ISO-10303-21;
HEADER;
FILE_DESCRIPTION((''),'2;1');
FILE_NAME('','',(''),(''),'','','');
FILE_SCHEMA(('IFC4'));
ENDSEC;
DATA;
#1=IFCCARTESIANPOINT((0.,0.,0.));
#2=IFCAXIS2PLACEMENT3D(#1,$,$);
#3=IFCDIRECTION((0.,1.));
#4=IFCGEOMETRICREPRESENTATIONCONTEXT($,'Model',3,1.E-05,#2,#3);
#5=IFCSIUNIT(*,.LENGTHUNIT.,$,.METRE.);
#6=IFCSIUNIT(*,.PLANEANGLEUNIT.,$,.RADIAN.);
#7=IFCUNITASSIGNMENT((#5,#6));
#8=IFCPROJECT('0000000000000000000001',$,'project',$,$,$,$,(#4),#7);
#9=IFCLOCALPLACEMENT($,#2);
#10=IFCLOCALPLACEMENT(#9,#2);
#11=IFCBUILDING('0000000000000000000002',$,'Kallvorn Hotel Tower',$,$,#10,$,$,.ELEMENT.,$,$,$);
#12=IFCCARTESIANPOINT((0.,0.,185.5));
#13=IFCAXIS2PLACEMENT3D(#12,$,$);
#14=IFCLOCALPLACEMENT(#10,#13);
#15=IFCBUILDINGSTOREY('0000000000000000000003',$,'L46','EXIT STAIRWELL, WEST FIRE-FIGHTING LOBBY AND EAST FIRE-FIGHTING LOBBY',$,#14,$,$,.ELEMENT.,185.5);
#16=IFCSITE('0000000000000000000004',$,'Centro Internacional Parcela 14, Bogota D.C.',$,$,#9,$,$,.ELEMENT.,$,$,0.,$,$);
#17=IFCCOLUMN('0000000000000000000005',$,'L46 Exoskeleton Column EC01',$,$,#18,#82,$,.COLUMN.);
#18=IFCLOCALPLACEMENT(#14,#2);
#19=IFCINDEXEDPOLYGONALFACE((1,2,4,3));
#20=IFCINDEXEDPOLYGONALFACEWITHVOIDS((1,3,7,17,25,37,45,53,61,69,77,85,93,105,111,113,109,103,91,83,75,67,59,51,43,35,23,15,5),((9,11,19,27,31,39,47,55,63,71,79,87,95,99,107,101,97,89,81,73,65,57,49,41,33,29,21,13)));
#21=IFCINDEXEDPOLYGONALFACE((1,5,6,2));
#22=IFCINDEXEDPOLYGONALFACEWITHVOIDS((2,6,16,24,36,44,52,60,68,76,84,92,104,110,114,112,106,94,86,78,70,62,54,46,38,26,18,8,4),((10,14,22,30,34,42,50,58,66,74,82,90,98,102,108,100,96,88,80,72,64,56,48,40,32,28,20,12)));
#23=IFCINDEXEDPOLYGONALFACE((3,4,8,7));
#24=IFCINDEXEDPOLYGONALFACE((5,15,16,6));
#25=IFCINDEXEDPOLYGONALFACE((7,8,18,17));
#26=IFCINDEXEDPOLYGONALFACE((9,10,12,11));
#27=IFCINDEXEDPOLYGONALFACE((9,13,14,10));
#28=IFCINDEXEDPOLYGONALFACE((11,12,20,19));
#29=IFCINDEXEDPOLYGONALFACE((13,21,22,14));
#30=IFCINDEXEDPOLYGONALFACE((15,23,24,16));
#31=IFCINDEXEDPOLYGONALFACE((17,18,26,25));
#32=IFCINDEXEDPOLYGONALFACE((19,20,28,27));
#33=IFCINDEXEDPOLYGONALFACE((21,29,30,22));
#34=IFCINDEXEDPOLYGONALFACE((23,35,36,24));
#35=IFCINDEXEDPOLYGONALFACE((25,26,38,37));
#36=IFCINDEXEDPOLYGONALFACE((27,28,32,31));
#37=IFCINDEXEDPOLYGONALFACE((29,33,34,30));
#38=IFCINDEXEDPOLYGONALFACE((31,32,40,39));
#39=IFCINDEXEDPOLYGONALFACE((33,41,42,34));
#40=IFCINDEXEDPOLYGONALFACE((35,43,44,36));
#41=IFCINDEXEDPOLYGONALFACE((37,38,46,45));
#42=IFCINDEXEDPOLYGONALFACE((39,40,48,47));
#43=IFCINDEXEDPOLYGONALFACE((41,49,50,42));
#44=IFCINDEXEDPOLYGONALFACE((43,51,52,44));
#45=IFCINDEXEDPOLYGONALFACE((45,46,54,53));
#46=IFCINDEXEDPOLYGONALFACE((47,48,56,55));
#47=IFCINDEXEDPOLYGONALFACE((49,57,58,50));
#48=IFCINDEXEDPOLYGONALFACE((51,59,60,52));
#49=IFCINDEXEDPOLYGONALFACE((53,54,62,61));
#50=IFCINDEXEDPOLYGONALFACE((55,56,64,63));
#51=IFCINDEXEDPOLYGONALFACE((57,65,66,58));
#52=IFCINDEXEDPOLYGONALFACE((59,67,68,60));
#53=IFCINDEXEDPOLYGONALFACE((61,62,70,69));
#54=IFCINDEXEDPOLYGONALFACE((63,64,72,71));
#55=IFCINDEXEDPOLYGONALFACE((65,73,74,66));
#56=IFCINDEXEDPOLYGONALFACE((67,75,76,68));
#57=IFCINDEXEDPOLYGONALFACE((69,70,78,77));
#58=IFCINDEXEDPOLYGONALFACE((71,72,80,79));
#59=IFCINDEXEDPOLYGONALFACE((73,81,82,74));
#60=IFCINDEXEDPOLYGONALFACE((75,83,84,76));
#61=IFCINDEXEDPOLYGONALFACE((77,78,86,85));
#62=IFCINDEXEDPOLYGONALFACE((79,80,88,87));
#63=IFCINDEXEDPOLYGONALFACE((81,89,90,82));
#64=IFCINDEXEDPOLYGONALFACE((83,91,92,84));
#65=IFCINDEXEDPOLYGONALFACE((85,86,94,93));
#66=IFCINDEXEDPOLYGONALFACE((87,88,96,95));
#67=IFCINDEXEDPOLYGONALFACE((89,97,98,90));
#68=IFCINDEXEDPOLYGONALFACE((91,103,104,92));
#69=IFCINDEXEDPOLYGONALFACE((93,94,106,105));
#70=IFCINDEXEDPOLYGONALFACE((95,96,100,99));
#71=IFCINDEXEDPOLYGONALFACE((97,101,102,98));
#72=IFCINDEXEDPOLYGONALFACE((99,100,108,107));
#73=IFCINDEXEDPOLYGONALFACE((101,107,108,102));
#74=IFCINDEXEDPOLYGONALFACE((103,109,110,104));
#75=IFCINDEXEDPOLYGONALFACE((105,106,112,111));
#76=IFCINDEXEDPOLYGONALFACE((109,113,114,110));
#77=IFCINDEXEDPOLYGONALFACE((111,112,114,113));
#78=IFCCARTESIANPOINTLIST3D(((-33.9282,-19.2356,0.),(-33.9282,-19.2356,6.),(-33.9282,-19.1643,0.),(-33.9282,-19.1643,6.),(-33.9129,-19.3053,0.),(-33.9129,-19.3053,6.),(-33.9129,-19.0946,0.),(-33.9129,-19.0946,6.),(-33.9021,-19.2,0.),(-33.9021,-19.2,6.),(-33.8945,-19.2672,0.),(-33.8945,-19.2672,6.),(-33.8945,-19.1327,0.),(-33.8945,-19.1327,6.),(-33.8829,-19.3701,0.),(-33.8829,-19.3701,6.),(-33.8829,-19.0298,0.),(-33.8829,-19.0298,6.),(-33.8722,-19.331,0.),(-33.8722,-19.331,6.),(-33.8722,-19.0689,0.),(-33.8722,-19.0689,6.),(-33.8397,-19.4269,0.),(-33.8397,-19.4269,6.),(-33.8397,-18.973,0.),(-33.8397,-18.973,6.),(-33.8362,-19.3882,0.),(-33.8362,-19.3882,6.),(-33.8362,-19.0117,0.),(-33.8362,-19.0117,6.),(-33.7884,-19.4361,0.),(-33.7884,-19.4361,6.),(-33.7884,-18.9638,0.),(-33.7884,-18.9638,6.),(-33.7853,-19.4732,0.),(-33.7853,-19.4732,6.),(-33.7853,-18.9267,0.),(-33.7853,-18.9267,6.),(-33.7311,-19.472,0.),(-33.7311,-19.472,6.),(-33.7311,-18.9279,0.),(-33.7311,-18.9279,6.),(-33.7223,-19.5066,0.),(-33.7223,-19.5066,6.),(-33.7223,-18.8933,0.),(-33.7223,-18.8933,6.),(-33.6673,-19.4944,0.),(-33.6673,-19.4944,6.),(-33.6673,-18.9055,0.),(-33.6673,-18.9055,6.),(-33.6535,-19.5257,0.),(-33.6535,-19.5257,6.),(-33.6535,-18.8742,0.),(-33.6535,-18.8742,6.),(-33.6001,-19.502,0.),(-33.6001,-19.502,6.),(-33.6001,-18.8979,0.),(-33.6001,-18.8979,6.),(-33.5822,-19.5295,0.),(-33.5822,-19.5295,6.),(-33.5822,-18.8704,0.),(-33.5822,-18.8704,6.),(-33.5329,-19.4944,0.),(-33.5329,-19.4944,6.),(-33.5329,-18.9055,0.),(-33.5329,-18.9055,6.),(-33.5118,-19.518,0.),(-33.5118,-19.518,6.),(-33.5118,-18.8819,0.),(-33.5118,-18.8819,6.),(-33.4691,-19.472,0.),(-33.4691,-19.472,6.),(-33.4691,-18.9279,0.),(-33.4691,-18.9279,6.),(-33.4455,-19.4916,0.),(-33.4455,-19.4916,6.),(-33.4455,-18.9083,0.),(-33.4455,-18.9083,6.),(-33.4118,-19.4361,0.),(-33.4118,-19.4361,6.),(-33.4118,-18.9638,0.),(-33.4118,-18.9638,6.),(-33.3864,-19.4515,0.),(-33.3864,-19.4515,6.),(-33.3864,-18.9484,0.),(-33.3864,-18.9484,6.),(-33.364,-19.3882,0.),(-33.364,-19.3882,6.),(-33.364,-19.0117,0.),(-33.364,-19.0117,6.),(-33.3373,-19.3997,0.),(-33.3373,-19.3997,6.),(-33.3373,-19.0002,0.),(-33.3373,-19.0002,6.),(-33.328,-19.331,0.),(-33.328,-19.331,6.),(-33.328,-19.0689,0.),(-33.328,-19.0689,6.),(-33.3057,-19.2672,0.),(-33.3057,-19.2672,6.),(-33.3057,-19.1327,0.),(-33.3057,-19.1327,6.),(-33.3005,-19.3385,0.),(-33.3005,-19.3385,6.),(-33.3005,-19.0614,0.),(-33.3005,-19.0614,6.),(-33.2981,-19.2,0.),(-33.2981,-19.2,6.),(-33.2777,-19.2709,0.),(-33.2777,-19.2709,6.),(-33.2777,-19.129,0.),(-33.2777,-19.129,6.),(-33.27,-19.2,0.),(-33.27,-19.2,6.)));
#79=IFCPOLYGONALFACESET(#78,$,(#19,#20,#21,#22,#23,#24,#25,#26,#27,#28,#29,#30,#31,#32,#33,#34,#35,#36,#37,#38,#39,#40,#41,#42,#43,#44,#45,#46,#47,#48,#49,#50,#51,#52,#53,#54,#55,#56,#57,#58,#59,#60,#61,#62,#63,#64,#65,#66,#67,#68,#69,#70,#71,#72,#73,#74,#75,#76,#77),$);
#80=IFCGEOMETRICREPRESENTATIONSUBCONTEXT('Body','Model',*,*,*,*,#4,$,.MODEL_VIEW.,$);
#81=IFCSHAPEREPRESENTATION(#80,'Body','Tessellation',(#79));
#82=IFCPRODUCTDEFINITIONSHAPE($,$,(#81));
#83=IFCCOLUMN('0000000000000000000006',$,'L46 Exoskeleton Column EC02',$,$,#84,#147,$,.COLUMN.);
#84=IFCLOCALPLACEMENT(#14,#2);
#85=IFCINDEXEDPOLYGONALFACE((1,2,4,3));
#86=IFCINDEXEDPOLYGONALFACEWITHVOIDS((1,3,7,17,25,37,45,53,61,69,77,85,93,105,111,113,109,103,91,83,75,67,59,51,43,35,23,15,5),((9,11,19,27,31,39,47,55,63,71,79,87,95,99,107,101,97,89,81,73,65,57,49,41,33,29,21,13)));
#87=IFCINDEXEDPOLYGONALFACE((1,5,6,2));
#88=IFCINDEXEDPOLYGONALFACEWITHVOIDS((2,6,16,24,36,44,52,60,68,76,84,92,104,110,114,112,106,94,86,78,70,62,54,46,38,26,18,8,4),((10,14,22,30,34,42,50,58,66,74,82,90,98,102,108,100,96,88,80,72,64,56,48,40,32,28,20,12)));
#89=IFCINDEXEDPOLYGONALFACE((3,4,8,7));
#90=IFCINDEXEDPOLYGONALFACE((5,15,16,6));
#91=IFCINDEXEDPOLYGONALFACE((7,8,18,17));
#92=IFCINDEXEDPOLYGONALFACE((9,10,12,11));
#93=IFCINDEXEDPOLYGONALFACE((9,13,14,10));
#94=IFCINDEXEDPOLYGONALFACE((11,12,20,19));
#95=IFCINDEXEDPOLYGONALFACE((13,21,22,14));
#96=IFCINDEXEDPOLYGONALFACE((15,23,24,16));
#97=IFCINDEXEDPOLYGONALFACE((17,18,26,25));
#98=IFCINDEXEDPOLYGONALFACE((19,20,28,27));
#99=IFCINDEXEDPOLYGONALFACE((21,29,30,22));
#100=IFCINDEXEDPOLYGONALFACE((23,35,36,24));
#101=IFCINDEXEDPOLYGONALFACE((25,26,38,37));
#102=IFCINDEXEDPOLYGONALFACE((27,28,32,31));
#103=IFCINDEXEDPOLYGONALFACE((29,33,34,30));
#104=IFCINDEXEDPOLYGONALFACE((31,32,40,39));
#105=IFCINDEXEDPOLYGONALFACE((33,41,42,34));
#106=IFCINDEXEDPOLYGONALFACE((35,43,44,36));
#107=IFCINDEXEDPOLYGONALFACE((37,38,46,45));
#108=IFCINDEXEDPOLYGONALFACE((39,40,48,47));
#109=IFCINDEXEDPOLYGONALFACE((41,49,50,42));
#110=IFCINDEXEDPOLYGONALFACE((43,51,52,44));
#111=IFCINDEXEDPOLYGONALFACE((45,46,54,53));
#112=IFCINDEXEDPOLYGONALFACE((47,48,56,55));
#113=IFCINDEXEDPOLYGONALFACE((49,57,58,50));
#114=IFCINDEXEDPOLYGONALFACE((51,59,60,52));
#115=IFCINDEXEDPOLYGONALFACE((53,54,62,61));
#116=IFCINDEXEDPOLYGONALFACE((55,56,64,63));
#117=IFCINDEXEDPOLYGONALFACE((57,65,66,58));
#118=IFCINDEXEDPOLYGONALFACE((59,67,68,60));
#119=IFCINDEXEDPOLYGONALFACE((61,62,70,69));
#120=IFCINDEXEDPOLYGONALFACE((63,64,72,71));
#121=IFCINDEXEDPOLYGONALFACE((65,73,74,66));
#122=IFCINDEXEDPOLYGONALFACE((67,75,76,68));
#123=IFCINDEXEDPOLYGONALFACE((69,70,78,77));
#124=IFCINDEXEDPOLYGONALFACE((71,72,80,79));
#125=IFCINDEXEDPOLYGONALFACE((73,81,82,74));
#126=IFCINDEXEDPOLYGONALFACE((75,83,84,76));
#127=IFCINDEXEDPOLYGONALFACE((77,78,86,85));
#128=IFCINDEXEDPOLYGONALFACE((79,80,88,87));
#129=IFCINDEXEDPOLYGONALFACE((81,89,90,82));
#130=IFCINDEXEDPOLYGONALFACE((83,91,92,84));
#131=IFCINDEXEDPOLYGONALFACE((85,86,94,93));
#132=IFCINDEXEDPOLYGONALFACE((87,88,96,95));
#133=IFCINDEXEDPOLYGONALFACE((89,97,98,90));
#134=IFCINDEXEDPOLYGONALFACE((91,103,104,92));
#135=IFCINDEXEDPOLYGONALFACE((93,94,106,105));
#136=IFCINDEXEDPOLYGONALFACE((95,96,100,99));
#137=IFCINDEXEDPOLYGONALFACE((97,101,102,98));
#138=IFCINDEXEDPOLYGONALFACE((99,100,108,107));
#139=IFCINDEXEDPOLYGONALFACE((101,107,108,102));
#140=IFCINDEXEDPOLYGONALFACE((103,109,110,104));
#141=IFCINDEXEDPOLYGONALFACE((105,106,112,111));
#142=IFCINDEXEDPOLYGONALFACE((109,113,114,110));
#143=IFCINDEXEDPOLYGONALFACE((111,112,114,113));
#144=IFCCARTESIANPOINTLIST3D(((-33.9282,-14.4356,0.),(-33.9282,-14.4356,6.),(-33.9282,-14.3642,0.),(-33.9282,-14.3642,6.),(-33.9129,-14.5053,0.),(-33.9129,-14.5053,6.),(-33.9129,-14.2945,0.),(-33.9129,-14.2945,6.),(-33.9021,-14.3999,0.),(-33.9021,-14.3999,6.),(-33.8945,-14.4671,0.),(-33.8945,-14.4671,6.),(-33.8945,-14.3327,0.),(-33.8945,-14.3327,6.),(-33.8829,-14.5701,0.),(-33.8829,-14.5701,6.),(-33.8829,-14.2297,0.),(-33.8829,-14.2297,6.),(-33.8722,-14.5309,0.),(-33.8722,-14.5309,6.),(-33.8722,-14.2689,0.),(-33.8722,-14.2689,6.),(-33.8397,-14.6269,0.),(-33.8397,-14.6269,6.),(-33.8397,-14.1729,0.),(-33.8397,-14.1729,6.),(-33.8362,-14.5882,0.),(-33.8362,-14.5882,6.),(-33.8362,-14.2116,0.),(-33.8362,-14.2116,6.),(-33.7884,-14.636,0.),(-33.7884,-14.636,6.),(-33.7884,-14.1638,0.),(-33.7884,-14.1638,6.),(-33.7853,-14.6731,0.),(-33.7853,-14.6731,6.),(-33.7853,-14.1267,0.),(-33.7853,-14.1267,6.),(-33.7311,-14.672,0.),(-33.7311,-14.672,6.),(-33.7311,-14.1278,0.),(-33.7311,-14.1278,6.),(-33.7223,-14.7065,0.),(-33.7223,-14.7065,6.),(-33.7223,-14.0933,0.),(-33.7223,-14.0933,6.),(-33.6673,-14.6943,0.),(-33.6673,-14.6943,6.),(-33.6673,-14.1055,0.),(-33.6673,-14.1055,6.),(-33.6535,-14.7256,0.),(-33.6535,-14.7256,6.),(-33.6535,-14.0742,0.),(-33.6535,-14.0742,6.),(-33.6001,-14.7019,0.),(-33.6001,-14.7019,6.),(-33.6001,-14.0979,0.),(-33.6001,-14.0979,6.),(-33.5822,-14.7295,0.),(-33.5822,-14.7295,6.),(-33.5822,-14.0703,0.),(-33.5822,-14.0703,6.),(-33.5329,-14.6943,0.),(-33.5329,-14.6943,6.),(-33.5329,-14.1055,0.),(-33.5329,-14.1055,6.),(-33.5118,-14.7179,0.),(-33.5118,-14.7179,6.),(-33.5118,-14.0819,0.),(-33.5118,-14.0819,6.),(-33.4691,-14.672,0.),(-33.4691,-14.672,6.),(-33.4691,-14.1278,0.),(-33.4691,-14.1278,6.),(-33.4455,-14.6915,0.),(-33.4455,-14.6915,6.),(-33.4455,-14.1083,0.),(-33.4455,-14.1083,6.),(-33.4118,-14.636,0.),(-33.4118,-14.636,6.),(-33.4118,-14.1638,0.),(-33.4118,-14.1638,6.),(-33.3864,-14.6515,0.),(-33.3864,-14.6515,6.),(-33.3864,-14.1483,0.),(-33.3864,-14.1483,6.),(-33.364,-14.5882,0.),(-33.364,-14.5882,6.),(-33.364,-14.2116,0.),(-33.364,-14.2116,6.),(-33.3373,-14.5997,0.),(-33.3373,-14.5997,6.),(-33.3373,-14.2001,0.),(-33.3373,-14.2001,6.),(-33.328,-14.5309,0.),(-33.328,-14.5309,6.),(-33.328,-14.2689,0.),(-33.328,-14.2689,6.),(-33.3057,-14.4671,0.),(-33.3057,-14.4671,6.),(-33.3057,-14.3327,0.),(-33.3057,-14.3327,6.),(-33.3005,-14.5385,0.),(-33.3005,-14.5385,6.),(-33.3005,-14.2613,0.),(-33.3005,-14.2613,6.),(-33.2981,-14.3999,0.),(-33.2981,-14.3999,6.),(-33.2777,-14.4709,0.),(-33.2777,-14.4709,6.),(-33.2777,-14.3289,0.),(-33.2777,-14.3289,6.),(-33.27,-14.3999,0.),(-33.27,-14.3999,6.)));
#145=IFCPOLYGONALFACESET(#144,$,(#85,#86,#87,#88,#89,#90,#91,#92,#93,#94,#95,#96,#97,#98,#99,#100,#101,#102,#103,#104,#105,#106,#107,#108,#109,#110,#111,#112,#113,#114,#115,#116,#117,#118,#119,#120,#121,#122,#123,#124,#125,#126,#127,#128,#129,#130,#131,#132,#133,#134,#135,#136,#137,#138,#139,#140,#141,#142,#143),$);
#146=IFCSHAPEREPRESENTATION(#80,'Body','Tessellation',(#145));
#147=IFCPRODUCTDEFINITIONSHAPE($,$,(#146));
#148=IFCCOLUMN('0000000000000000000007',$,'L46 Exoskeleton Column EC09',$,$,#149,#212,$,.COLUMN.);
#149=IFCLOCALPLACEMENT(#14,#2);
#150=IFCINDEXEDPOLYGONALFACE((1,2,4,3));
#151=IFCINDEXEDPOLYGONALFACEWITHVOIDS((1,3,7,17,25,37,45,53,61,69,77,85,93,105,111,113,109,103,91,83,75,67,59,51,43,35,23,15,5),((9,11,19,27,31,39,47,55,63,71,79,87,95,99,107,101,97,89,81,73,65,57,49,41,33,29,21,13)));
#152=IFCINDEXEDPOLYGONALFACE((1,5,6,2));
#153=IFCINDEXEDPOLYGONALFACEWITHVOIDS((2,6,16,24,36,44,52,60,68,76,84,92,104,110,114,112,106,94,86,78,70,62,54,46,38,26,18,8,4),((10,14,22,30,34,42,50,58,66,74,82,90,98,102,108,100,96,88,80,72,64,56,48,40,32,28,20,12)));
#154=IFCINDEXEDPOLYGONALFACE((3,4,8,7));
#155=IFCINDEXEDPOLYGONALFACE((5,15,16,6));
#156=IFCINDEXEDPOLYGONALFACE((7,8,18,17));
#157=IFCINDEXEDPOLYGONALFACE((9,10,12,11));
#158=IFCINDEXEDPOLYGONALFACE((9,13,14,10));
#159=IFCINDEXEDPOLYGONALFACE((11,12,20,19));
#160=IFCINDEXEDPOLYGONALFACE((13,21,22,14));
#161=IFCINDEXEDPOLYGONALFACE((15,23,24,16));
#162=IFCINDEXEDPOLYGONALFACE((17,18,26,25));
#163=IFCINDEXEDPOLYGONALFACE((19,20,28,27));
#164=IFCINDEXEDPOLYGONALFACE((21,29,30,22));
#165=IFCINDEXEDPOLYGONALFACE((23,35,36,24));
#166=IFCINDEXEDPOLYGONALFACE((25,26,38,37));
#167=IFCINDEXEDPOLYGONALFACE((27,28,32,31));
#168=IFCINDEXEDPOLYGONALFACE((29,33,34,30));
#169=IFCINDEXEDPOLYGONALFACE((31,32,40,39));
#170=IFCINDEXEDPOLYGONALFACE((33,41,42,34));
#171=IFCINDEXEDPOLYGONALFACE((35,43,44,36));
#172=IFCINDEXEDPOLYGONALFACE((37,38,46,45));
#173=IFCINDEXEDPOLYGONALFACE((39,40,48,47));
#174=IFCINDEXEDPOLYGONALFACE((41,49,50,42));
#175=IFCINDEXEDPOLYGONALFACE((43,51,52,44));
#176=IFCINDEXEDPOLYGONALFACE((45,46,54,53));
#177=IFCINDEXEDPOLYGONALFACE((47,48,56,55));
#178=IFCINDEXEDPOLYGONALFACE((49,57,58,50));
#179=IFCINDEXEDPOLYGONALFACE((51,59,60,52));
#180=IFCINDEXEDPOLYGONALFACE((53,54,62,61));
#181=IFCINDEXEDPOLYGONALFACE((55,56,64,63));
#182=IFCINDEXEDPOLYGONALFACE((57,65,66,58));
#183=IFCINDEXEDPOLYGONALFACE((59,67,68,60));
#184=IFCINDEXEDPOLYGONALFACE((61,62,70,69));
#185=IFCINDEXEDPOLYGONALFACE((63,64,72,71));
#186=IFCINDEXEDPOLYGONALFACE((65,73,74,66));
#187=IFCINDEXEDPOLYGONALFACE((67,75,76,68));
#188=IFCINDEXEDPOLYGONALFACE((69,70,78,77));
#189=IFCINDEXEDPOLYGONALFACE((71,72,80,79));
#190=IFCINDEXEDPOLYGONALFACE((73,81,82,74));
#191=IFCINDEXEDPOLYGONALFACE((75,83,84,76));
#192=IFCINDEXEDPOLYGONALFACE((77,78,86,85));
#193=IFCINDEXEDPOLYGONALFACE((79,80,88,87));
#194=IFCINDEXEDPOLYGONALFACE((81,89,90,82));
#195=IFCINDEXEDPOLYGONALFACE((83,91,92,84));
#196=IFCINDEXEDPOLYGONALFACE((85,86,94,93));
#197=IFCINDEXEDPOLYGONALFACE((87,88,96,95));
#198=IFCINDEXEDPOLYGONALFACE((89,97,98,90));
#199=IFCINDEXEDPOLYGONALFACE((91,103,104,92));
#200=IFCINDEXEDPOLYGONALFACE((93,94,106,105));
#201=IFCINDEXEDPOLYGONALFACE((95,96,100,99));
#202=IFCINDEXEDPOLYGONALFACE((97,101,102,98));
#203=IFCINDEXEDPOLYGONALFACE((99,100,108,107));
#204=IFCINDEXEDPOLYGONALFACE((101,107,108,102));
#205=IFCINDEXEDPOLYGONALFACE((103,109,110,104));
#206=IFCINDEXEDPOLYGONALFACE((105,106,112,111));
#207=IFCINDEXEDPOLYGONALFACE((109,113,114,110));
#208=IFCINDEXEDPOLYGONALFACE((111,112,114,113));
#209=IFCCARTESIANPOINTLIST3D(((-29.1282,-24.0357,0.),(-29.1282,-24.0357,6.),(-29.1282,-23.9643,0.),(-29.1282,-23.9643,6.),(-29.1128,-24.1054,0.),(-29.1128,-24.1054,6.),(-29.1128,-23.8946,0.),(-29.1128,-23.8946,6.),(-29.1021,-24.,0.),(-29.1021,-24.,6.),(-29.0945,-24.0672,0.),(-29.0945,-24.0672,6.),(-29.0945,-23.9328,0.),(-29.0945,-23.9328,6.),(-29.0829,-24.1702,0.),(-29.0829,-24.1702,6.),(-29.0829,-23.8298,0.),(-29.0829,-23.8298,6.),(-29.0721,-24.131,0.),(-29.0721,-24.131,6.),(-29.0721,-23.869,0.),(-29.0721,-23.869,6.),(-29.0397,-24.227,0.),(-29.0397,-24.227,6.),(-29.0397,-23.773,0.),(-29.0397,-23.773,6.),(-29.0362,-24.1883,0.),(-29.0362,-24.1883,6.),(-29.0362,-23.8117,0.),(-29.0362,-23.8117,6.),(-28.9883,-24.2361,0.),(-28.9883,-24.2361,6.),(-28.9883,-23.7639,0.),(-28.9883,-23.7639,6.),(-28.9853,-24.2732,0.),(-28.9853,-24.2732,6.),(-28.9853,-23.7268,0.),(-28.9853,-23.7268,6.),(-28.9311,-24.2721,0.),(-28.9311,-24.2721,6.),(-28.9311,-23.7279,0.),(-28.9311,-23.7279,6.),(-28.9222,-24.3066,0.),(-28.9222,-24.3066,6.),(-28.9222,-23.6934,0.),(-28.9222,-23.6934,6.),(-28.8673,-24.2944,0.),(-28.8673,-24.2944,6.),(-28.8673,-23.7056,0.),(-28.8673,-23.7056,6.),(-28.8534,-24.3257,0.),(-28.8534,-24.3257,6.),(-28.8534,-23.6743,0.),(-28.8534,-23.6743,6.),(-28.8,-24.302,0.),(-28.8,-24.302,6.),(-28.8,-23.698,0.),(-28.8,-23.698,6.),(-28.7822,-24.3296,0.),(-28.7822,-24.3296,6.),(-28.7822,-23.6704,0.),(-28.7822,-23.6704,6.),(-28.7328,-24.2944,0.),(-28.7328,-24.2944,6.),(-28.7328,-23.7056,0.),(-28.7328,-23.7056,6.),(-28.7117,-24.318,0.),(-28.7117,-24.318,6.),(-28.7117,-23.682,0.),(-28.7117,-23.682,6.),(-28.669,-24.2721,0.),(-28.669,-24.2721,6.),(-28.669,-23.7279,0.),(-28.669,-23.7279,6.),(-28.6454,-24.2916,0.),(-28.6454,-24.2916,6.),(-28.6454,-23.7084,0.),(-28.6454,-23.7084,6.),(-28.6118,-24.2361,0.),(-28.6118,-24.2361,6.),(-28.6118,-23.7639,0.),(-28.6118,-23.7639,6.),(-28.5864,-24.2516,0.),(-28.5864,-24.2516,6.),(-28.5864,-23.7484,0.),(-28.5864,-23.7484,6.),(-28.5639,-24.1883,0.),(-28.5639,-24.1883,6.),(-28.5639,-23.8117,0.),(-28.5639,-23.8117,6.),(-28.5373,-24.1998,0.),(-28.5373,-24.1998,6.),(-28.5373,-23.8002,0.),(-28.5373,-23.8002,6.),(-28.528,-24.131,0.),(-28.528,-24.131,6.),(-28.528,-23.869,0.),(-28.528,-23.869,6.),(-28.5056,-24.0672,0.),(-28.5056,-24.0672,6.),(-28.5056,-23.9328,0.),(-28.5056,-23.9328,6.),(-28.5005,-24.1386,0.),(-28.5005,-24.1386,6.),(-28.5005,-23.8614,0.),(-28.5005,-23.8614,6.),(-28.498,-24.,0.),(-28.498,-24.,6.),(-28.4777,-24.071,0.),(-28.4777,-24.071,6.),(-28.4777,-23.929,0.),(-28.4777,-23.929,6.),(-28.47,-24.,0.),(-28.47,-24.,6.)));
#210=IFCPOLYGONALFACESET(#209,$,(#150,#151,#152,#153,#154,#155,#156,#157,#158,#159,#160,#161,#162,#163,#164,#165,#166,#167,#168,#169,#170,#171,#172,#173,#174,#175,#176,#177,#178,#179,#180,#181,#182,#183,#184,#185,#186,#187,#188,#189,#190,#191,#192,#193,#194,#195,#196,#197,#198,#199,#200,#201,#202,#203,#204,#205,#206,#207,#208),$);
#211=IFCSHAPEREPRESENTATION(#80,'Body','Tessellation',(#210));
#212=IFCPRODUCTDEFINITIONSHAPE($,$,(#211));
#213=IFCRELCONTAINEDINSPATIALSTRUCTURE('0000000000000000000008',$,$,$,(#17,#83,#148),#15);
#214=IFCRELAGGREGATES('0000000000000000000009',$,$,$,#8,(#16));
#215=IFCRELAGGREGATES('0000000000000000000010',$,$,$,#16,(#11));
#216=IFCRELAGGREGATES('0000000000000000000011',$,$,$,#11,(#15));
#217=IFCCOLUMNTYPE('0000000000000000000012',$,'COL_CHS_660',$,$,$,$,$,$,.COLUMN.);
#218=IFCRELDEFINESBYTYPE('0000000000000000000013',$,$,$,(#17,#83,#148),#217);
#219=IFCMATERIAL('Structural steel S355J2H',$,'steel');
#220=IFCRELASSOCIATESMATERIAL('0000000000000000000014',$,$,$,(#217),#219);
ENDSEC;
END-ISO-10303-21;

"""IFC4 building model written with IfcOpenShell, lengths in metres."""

from ifc_helpers import new_model, si_unit, direction, frame, origin, origin_2d, place, context, subcontext, project, spatial, hollow_circle, extrude, material, material_profile, profile_set, type_object, element, save


model = new_model("IFC4")

# Units and contexts
model_context = context("Model", 3, precision=1e-05, world=origin(), true_north=direction((0.0, 1.0)))
body_context = subcontext(model_context, "Body", "Model", "MODEL_VIEW")
ifc_project = project(units=[si_unit("LENGTHUNIT", "METRE"), si_unit("PLANEANGLEUNIT", "RADIAN")], contexts=[model_context])

# Site, building, storey
site_placement = place(None, origin())
site = spatial("IfcSite", under=ifc_project, at=site_placement, Name="Centro Internacional Parcela 14, Bogota D.C.", CompositionType="ELEMENT", RefElevation=0.0)
building_placement = place(site_placement, origin())
building = spatial("IfcBuilding", under=site, at=building_placement, Name="Kallvorn Hotel Tower", CompositionType="ELEMENT")
storey_placement = place(building_placement, frame((0.0, 0.0, 185.5)))
storey = spatial("IfcBuildingStorey", under=building, at=storey_placement, Name="L46", Description="EXIT STAIRWELL, WEST FIRE-FIGHTING LOBBY AND EAST FIRE-FIGHTING LOBBY", CompositionType="ELEMENT", Elevation=185.5)

# Columns
ifc_material_1 = material(Name="Structural steel S355J2H", Category="steel")
ifc_material_profile_1 = material_profile(ifc_material_1, hollow_circle(Radius=0.3301, WallThickness=0.0281, at=origin_2d()), Name="CHS 660x28")
ifc_profile_set_1 = profile_set([ifc_material_profile_1], Name="Structural steel S355J2H")
column_type_1 = type_object("IfcColumnType", Name="COL_CHS_660", PredefinedType="COLUMN", material=ifc_profile_set_1)
for number, where, z_axis, x_axis, name in (
    (1, (-33.6001, -19.2, 0.0), (0.0, 0.0, 1.0), (1.0, 0.0, 0.0), "L46 Exoskeleton Column EC01"),
    (2, (-33.6001, -14.3999, 0.0), (0.0, 0.0, 1.0), (1.0, 0.0, 0.0), "L46 Exoskeleton Column EC02"),
    (3, (-28.8, -24.0, 0.0), (0.0, 0.0, 1.0), (1.0, 0.0, 0.0), "L46 Exoskeleton Column EC09"),
):
    element("IfcColumn", number, at=place(storey_placement, frame(where, z_axis=z_axis, x_axis=x_axis)), inside=storey, type_object=column_type_1, Name=name, PredefinedType="COLUMN", context=body_context, shape_type="SweptSolid", body=[
        extrude(hollow_circle(Radius=0.3301, WallThickness=0.0281, at=origin_2d()), origin(), (0.0, 0.0, 1.0), 6.0),
    ])

save(model, "model.ifc")
